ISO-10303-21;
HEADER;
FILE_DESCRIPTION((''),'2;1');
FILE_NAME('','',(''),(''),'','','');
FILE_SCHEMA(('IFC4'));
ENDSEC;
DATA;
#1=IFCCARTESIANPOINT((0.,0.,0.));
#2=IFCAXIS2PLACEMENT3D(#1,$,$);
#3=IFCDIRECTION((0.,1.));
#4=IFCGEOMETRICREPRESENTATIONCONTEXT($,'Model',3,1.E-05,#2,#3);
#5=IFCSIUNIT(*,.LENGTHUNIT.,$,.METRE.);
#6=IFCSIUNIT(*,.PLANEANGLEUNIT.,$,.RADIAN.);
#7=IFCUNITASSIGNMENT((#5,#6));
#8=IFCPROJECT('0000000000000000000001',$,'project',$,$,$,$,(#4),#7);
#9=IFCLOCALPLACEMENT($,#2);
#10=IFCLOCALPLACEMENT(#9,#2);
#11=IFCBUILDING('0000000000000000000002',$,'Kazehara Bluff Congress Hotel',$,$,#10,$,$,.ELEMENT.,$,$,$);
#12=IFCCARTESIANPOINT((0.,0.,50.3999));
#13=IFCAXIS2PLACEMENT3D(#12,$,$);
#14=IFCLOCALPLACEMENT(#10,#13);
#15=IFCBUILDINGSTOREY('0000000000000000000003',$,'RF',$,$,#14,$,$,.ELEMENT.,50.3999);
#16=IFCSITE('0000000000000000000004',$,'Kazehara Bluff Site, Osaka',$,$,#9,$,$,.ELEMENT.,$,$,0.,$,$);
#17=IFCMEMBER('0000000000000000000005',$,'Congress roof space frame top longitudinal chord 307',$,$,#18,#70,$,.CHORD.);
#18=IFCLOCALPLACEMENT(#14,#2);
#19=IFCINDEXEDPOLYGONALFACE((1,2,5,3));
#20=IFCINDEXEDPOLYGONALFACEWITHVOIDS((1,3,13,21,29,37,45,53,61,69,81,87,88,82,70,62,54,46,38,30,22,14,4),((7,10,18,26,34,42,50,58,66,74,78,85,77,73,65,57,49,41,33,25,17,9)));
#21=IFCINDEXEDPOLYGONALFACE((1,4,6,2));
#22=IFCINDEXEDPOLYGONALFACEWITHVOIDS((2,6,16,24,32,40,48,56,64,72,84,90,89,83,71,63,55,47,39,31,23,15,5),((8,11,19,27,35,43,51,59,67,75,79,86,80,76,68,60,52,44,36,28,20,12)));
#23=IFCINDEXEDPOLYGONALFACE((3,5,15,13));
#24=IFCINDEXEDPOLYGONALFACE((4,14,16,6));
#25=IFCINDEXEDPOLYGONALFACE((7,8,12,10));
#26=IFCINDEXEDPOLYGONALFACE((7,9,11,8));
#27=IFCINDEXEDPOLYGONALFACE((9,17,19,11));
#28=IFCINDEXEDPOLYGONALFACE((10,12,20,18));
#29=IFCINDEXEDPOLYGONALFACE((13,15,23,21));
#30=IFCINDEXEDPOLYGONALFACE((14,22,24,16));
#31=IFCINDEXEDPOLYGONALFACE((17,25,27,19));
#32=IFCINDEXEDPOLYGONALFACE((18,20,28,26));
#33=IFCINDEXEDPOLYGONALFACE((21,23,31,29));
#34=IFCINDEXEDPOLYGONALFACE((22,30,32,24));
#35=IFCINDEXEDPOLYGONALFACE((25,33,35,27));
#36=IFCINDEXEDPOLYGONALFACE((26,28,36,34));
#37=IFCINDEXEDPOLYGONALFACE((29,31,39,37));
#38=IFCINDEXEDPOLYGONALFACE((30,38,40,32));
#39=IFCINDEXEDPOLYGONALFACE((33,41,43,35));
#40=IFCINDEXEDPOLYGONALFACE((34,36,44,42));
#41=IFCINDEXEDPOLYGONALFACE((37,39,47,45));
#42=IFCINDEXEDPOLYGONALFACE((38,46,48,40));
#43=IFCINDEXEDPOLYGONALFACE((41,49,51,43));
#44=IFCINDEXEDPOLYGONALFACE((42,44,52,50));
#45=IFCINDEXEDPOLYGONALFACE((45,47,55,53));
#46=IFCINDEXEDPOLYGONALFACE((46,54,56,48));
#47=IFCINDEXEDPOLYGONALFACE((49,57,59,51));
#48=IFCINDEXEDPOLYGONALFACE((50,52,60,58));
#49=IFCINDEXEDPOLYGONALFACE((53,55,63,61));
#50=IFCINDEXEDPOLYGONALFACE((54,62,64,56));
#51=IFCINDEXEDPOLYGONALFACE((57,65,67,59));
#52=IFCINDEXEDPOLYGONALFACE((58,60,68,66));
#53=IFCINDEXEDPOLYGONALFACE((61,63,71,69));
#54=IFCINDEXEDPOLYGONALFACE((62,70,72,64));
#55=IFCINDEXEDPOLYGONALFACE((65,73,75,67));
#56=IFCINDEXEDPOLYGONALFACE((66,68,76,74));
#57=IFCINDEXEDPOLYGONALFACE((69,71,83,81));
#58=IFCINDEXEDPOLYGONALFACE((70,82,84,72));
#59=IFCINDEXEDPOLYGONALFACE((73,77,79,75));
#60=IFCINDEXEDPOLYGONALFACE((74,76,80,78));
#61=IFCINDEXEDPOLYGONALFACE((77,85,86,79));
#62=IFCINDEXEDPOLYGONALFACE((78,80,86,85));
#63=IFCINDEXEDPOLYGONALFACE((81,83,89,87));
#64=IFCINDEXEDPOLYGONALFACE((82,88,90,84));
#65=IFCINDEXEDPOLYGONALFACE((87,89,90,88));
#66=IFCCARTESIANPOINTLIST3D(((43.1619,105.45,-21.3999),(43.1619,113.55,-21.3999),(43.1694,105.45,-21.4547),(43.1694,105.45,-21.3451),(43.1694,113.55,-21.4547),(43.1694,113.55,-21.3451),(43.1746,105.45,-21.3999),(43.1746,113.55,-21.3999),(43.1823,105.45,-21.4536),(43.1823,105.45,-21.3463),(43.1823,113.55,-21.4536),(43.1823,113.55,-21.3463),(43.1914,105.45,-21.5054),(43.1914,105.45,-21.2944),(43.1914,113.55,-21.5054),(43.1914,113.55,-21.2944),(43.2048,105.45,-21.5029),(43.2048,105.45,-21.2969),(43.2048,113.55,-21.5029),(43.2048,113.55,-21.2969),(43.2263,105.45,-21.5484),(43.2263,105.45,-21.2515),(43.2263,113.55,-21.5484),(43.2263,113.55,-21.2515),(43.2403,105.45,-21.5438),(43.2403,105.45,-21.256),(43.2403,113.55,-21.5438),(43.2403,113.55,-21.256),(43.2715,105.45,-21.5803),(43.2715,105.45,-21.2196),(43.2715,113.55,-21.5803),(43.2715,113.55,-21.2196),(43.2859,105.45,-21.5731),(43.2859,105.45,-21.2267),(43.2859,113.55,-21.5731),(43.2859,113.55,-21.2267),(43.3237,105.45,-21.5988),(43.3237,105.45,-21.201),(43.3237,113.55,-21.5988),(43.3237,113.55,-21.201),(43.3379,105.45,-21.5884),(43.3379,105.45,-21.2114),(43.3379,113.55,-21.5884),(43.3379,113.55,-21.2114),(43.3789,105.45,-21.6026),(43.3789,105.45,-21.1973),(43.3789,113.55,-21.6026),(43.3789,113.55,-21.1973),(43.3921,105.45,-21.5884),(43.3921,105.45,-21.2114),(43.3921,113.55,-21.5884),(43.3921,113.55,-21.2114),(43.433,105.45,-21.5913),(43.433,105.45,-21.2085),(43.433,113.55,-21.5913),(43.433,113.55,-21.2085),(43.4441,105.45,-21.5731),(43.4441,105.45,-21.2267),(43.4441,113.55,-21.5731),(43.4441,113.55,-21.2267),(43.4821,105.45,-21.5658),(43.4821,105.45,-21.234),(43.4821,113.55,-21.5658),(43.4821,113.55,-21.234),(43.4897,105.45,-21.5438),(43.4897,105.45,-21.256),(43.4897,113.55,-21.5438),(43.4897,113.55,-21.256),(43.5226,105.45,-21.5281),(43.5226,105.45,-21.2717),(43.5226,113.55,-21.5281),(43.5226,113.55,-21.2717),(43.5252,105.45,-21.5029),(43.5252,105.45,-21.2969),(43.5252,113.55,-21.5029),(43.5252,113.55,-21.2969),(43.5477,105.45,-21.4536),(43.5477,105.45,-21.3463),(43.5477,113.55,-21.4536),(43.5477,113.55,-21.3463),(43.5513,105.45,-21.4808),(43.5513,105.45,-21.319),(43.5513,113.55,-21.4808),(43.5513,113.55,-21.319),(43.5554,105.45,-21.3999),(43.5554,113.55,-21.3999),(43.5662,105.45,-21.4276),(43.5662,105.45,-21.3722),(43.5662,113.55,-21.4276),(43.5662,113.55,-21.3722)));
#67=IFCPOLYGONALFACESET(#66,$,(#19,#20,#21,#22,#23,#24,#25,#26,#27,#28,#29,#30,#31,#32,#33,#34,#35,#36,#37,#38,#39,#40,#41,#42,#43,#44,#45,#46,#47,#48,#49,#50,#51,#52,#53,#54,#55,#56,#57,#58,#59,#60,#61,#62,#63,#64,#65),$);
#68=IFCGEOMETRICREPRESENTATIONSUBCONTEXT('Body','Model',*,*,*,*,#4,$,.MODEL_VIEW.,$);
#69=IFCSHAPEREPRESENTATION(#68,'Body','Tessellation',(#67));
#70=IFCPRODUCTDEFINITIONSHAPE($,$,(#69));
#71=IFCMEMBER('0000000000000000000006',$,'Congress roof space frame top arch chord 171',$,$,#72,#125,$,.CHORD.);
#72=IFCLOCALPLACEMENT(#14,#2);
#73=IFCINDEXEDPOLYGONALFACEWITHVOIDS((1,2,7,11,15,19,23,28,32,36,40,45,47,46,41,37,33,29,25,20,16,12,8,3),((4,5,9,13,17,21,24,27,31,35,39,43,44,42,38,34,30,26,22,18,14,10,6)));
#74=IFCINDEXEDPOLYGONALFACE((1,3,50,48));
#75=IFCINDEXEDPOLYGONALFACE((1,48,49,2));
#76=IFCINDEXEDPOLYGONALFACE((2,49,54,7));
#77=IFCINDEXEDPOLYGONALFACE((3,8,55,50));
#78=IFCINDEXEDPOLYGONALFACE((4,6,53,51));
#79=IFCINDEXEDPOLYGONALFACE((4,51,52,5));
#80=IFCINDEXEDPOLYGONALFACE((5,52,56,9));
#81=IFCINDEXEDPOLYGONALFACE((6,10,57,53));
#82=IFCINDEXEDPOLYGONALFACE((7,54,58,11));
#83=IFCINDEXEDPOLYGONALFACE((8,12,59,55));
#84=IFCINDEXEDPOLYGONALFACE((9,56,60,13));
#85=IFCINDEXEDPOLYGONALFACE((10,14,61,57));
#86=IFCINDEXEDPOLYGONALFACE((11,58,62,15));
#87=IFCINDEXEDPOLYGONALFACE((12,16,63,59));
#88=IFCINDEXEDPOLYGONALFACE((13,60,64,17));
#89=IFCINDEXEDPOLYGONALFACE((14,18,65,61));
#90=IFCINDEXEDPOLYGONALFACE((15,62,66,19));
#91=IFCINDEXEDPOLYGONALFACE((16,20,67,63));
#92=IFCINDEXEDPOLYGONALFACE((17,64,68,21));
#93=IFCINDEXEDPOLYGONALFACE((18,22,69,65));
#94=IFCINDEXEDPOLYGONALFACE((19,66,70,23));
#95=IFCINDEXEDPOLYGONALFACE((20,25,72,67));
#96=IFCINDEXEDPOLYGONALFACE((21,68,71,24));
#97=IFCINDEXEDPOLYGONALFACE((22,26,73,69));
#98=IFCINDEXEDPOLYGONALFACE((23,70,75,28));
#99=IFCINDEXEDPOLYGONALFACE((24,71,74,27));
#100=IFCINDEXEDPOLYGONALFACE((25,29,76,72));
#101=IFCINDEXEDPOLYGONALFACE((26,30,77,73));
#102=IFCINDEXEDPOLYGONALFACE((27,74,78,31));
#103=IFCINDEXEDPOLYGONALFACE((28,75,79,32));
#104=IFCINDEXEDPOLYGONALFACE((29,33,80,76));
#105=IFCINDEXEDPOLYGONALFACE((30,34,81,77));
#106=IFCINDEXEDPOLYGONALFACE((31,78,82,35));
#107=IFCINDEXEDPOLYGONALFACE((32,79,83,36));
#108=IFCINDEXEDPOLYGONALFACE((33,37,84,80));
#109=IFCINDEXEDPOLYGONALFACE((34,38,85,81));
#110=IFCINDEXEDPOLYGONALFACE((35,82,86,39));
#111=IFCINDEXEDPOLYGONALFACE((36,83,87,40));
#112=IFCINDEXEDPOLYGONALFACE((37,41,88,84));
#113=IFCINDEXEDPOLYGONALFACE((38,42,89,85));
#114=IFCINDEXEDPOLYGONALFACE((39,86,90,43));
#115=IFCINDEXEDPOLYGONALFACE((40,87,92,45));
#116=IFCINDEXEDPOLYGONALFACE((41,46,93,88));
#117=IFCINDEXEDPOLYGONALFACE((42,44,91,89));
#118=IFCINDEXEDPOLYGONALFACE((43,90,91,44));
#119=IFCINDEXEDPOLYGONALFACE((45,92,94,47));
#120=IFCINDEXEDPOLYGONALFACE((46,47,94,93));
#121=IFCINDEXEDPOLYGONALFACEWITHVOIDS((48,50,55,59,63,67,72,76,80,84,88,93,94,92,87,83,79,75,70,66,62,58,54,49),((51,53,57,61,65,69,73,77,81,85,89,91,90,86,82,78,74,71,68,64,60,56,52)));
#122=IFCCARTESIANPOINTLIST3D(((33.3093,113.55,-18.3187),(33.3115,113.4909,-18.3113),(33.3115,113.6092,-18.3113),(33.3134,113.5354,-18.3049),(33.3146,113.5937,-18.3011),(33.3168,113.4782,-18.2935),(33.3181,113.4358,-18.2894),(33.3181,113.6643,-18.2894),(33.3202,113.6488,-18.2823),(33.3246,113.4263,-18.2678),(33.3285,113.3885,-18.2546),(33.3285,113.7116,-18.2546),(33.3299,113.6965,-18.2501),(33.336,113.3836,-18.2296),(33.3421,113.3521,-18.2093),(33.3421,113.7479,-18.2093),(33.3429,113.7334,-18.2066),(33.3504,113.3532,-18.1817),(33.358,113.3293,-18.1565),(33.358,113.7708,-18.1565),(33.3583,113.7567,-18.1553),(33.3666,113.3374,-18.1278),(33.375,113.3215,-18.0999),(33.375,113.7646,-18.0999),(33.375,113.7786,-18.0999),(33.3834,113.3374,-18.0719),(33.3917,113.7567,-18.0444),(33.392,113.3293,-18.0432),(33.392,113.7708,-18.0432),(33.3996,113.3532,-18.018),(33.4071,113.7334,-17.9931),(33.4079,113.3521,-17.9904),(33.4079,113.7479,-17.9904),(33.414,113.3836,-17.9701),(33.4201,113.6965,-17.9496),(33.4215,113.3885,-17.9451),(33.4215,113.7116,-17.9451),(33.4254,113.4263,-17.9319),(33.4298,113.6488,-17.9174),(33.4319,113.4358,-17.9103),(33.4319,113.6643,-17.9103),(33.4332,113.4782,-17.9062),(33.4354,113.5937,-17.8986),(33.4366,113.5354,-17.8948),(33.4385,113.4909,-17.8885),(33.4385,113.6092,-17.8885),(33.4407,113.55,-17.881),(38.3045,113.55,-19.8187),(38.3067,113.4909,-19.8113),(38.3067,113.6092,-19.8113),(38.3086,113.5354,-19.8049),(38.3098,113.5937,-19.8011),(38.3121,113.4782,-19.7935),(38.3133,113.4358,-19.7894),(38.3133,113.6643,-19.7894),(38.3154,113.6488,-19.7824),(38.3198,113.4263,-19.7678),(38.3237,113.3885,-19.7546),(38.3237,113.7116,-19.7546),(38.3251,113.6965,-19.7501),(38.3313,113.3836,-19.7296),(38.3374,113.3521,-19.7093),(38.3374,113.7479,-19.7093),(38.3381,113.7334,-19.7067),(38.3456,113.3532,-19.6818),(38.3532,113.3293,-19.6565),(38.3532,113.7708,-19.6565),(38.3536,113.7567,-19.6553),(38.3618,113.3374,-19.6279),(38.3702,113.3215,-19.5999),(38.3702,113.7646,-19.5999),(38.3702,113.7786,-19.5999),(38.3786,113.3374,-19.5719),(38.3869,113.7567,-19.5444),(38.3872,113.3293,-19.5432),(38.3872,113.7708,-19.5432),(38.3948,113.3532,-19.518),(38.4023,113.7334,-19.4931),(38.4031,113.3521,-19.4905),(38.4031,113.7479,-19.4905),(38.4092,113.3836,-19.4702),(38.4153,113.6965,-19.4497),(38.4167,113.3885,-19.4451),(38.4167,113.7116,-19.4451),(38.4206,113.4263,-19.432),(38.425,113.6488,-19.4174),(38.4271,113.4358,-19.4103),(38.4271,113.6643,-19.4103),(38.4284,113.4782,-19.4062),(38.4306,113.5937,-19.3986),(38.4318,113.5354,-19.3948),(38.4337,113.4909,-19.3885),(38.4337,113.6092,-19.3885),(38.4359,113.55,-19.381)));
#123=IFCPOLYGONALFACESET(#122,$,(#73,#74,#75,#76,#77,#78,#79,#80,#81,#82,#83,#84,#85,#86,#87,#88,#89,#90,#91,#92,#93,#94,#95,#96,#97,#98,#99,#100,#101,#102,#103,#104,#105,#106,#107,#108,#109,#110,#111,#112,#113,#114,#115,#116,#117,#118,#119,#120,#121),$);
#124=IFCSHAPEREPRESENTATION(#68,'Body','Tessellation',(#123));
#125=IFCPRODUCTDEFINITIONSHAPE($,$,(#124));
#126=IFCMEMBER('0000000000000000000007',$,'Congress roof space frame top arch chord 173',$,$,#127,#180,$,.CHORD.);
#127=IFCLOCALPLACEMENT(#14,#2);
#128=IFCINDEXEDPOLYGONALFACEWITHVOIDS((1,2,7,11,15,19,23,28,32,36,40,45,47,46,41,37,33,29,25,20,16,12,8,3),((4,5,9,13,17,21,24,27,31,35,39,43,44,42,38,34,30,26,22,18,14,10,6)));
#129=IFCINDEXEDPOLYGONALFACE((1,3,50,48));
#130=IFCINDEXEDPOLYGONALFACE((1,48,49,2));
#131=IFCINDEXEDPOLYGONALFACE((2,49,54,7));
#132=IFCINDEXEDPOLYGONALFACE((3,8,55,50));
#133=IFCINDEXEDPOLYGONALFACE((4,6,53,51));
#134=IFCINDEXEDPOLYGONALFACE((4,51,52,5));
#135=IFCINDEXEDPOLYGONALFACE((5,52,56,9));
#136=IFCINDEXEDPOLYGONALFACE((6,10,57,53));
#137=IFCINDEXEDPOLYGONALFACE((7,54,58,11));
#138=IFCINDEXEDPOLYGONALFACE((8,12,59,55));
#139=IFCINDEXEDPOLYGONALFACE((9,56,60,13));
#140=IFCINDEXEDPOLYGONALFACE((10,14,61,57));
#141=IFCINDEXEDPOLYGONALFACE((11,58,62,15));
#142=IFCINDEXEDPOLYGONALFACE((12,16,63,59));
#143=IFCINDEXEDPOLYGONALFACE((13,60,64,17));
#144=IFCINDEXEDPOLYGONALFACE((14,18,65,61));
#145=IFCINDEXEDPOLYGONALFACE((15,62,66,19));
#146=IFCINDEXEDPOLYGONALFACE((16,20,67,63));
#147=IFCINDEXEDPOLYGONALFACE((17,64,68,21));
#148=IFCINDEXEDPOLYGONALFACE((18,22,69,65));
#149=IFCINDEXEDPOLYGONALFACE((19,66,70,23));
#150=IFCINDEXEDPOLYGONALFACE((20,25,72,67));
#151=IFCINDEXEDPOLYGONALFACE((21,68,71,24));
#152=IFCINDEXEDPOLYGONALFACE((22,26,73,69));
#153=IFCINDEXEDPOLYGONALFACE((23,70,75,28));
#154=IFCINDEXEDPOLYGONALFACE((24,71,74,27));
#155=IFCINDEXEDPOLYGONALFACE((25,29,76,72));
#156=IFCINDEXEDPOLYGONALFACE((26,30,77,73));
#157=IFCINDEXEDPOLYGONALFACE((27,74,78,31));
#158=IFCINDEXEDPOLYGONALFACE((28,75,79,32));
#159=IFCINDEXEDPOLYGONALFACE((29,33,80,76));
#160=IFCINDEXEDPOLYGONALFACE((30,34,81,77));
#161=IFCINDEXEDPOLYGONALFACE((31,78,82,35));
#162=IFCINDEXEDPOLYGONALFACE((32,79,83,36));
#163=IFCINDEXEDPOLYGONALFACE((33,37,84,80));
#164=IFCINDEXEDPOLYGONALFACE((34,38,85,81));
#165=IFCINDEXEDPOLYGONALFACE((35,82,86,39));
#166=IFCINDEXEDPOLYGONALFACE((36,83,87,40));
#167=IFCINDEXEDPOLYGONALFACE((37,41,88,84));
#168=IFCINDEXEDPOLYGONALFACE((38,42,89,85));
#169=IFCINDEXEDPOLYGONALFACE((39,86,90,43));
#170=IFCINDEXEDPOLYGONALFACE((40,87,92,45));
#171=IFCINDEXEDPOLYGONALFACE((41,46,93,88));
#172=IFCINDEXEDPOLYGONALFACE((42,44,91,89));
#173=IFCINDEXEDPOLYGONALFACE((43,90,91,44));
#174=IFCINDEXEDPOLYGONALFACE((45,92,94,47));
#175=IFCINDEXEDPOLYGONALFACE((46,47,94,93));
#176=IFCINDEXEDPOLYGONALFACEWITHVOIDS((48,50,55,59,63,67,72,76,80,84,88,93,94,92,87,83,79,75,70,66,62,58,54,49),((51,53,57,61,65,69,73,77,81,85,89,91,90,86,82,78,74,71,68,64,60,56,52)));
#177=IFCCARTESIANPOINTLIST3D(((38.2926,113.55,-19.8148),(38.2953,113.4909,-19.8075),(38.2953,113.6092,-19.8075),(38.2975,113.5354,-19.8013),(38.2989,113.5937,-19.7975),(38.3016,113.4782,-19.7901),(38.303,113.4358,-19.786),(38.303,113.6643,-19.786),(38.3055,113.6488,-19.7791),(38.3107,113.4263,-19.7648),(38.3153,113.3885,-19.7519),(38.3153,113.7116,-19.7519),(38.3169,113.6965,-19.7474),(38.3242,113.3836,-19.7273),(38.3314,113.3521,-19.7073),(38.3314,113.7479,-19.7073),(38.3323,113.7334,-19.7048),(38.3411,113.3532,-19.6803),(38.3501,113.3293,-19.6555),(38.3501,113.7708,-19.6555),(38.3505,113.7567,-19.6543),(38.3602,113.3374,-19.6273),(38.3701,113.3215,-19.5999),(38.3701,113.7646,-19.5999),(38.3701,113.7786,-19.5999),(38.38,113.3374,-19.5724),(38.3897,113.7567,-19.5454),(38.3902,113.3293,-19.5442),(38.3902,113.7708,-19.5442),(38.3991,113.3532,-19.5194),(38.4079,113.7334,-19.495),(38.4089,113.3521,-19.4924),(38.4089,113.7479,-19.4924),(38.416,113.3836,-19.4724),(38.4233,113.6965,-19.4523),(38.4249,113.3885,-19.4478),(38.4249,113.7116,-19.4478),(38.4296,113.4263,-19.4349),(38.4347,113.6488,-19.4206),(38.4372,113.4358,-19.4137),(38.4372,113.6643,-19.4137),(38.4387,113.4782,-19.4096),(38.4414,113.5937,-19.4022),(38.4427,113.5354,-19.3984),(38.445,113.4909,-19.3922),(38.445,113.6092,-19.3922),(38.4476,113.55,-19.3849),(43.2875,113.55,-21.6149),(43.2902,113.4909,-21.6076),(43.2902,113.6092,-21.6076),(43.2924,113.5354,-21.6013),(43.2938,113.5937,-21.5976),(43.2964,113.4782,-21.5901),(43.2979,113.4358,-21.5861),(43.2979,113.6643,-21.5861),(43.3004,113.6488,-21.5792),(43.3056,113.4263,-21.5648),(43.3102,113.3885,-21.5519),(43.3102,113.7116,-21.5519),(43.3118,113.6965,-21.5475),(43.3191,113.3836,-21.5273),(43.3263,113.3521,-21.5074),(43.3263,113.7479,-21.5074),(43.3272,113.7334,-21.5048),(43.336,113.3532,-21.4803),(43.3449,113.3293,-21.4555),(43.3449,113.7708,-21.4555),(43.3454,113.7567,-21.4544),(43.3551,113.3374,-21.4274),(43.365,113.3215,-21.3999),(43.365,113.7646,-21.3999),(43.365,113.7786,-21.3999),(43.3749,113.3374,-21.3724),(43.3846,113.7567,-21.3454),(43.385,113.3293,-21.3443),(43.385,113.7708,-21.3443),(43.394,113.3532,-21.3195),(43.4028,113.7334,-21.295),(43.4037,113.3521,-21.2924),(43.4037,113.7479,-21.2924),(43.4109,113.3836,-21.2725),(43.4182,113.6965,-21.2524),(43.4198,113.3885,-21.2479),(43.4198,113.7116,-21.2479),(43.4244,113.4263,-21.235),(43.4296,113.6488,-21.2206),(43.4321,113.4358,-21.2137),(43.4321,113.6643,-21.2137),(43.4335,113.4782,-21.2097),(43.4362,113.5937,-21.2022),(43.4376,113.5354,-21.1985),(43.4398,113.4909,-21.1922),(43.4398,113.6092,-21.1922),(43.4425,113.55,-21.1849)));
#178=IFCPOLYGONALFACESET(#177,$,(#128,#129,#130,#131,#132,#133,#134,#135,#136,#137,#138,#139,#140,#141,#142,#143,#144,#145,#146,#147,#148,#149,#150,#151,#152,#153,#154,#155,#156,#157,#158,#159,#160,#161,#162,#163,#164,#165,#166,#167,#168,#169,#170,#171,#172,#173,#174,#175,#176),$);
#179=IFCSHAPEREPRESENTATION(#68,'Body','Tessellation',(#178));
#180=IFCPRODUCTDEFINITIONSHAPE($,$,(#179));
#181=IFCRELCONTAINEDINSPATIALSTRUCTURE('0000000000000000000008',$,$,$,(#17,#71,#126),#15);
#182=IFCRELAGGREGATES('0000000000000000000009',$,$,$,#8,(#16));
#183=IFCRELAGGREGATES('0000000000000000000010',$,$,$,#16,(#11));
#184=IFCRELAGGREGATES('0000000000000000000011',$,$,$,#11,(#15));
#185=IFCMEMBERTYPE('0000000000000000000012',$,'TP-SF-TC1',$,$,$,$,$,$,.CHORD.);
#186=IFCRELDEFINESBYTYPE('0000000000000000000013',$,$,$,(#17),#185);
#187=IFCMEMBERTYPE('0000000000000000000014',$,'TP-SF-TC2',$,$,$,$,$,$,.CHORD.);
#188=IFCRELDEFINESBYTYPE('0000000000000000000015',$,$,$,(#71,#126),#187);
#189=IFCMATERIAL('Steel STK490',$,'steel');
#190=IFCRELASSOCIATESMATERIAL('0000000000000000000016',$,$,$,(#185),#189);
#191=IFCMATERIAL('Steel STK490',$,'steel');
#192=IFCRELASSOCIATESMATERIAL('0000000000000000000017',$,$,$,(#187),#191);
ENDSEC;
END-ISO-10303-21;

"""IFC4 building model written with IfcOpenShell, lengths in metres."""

from ifc_helpers import new_model, si_unit, direction, frame, origin, origin_2d, place, context, subcontext, project, spatial, hollow_circle, extrude, material, material_profile, profile_set, type_object, element, save


model = new_model("IFC4")

# Units and contexts
model_context = context("Model", 3, precision=1e-05, world=origin(), true_north=direction((0.0, 1.0)))
body_context = subcontext(model_context, "Body", "Model", "MODEL_VIEW")
ifc_project = project(units=[si_unit("LENGTHUNIT", "METRE"), si_unit("PLANEANGLEUNIT", "RADIAN")], contexts=[model_context])

# Site, building, storey
site_placement = place(None, origin())
site = spatial("IfcSite", under=ifc_project, at=site_placement, Name="Kazehara Bluff Site, Osaka", CompositionType="ELEMENT", RefElevation=0.0)
building_placement = place(site_placement, origin())
building = spatial("IfcBuilding", under=site, at=building_placement, Name="Kazehara Bluff Congress Hotel", CompositionType="ELEMENT")
storey_placement = place(building_placement, frame((0.0, 0.0, 50.3999)))
storey = spatial("IfcBuildingStorey", under=building, at=storey_placement, Name="RF", CompositionType="ELEMENT", Elevation=50.3999)

# Members
ifc_material_1 = material(Name="Steel STK490", Category="steel")
ifc_material_profile_1 = material_profile(ifc_material_1, hollow_circle(Radius=0.2031, WallThickness=0.0127, at=origin_2d()))
ifc_profile_set_1 = profile_set([ifc_material_profile_1], Name="Steel STK490")
member_type_1 = type_object("IfcMemberType", Name="TP-SF-TC1", PredefinedType="CHORD", material=ifc_profile_set_1)
member_1_placement = place(storey_placement, frame((43.365, 105.45, -21.3999), z_axis=(0.0, 1.0, 0.0), x_axis=(-1.0, 0.0, 0.0)))
element("IfcMember", 1, at=member_1_placement, inside=storey, type_object=member_type_1, Name="Congress roof space frame top longitudinal chord 307", PredefinedType="CHORD", context=body_context, shape_type="SweptSolid", body=[
    extrude(hollow_circle(Radius=0.2031, WallThickness=0.0127, at=origin_2d()), origin(), (0.0, 0.0, 1.0), 8.1001),
])
ifc_material_2 = material(Name="Steel STK490", Category="steel")
ifc_material_profile_2 = material_profile(ifc_material_2, hollow_circle(Radius=0.2285, WallThickness=0.0139, at=origin_2d()))
ifc_profile_set_2 = profile_set([ifc_material_profile_2], Name="Steel STK490")
member_type_2 = type_object("IfcMemberType", Name="TP-SF-TC2", PredefinedType="CHORD", material=ifc_profile_set_2)
member_2_placement = place(storey_placement, frame((33.375, 113.55, -18.0999), z_axis=(0.957749, 0.0, -0.287606), x_axis=(0.0, 1.0, 0.0)))
element("IfcMember", 2, at=member_2_placement, inside=storey, type_object=member_type_2, Name="Congress roof space frame top arch chord 171", PredefinedType="CHORD", context=body_context, shape_type="SweptSolid", body=[
    extrude(hollow_circle(Radius=0.2285, WallThickness=0.0139, at=origin_2d()), origin(), (0.0, 0.0, 1.0), 5.2156),
])
member_3_placement = place(storey_placement, frame((38.3701, 113.55, -19.5999), z_axis=(0.940774, 0.0, -0.339035), x_axis=(0.0, 1.0, 0.0)))
element("IfcMember", 3, at=member_3_placement, inside=storey, type_object=member_type_2, Name="Congress roof space frame top arch chord 173", PredefinedType="CHORD", context=body_context, shape_type="SweptSolid", body=[
    extrude(hollow_circle(Radius=0.2285, WallThickness=0.0139, at=origin_2d()), origin(), (0.0, 0.0, 1.0), 5.3093),
])

save(model, "model.ifc")
